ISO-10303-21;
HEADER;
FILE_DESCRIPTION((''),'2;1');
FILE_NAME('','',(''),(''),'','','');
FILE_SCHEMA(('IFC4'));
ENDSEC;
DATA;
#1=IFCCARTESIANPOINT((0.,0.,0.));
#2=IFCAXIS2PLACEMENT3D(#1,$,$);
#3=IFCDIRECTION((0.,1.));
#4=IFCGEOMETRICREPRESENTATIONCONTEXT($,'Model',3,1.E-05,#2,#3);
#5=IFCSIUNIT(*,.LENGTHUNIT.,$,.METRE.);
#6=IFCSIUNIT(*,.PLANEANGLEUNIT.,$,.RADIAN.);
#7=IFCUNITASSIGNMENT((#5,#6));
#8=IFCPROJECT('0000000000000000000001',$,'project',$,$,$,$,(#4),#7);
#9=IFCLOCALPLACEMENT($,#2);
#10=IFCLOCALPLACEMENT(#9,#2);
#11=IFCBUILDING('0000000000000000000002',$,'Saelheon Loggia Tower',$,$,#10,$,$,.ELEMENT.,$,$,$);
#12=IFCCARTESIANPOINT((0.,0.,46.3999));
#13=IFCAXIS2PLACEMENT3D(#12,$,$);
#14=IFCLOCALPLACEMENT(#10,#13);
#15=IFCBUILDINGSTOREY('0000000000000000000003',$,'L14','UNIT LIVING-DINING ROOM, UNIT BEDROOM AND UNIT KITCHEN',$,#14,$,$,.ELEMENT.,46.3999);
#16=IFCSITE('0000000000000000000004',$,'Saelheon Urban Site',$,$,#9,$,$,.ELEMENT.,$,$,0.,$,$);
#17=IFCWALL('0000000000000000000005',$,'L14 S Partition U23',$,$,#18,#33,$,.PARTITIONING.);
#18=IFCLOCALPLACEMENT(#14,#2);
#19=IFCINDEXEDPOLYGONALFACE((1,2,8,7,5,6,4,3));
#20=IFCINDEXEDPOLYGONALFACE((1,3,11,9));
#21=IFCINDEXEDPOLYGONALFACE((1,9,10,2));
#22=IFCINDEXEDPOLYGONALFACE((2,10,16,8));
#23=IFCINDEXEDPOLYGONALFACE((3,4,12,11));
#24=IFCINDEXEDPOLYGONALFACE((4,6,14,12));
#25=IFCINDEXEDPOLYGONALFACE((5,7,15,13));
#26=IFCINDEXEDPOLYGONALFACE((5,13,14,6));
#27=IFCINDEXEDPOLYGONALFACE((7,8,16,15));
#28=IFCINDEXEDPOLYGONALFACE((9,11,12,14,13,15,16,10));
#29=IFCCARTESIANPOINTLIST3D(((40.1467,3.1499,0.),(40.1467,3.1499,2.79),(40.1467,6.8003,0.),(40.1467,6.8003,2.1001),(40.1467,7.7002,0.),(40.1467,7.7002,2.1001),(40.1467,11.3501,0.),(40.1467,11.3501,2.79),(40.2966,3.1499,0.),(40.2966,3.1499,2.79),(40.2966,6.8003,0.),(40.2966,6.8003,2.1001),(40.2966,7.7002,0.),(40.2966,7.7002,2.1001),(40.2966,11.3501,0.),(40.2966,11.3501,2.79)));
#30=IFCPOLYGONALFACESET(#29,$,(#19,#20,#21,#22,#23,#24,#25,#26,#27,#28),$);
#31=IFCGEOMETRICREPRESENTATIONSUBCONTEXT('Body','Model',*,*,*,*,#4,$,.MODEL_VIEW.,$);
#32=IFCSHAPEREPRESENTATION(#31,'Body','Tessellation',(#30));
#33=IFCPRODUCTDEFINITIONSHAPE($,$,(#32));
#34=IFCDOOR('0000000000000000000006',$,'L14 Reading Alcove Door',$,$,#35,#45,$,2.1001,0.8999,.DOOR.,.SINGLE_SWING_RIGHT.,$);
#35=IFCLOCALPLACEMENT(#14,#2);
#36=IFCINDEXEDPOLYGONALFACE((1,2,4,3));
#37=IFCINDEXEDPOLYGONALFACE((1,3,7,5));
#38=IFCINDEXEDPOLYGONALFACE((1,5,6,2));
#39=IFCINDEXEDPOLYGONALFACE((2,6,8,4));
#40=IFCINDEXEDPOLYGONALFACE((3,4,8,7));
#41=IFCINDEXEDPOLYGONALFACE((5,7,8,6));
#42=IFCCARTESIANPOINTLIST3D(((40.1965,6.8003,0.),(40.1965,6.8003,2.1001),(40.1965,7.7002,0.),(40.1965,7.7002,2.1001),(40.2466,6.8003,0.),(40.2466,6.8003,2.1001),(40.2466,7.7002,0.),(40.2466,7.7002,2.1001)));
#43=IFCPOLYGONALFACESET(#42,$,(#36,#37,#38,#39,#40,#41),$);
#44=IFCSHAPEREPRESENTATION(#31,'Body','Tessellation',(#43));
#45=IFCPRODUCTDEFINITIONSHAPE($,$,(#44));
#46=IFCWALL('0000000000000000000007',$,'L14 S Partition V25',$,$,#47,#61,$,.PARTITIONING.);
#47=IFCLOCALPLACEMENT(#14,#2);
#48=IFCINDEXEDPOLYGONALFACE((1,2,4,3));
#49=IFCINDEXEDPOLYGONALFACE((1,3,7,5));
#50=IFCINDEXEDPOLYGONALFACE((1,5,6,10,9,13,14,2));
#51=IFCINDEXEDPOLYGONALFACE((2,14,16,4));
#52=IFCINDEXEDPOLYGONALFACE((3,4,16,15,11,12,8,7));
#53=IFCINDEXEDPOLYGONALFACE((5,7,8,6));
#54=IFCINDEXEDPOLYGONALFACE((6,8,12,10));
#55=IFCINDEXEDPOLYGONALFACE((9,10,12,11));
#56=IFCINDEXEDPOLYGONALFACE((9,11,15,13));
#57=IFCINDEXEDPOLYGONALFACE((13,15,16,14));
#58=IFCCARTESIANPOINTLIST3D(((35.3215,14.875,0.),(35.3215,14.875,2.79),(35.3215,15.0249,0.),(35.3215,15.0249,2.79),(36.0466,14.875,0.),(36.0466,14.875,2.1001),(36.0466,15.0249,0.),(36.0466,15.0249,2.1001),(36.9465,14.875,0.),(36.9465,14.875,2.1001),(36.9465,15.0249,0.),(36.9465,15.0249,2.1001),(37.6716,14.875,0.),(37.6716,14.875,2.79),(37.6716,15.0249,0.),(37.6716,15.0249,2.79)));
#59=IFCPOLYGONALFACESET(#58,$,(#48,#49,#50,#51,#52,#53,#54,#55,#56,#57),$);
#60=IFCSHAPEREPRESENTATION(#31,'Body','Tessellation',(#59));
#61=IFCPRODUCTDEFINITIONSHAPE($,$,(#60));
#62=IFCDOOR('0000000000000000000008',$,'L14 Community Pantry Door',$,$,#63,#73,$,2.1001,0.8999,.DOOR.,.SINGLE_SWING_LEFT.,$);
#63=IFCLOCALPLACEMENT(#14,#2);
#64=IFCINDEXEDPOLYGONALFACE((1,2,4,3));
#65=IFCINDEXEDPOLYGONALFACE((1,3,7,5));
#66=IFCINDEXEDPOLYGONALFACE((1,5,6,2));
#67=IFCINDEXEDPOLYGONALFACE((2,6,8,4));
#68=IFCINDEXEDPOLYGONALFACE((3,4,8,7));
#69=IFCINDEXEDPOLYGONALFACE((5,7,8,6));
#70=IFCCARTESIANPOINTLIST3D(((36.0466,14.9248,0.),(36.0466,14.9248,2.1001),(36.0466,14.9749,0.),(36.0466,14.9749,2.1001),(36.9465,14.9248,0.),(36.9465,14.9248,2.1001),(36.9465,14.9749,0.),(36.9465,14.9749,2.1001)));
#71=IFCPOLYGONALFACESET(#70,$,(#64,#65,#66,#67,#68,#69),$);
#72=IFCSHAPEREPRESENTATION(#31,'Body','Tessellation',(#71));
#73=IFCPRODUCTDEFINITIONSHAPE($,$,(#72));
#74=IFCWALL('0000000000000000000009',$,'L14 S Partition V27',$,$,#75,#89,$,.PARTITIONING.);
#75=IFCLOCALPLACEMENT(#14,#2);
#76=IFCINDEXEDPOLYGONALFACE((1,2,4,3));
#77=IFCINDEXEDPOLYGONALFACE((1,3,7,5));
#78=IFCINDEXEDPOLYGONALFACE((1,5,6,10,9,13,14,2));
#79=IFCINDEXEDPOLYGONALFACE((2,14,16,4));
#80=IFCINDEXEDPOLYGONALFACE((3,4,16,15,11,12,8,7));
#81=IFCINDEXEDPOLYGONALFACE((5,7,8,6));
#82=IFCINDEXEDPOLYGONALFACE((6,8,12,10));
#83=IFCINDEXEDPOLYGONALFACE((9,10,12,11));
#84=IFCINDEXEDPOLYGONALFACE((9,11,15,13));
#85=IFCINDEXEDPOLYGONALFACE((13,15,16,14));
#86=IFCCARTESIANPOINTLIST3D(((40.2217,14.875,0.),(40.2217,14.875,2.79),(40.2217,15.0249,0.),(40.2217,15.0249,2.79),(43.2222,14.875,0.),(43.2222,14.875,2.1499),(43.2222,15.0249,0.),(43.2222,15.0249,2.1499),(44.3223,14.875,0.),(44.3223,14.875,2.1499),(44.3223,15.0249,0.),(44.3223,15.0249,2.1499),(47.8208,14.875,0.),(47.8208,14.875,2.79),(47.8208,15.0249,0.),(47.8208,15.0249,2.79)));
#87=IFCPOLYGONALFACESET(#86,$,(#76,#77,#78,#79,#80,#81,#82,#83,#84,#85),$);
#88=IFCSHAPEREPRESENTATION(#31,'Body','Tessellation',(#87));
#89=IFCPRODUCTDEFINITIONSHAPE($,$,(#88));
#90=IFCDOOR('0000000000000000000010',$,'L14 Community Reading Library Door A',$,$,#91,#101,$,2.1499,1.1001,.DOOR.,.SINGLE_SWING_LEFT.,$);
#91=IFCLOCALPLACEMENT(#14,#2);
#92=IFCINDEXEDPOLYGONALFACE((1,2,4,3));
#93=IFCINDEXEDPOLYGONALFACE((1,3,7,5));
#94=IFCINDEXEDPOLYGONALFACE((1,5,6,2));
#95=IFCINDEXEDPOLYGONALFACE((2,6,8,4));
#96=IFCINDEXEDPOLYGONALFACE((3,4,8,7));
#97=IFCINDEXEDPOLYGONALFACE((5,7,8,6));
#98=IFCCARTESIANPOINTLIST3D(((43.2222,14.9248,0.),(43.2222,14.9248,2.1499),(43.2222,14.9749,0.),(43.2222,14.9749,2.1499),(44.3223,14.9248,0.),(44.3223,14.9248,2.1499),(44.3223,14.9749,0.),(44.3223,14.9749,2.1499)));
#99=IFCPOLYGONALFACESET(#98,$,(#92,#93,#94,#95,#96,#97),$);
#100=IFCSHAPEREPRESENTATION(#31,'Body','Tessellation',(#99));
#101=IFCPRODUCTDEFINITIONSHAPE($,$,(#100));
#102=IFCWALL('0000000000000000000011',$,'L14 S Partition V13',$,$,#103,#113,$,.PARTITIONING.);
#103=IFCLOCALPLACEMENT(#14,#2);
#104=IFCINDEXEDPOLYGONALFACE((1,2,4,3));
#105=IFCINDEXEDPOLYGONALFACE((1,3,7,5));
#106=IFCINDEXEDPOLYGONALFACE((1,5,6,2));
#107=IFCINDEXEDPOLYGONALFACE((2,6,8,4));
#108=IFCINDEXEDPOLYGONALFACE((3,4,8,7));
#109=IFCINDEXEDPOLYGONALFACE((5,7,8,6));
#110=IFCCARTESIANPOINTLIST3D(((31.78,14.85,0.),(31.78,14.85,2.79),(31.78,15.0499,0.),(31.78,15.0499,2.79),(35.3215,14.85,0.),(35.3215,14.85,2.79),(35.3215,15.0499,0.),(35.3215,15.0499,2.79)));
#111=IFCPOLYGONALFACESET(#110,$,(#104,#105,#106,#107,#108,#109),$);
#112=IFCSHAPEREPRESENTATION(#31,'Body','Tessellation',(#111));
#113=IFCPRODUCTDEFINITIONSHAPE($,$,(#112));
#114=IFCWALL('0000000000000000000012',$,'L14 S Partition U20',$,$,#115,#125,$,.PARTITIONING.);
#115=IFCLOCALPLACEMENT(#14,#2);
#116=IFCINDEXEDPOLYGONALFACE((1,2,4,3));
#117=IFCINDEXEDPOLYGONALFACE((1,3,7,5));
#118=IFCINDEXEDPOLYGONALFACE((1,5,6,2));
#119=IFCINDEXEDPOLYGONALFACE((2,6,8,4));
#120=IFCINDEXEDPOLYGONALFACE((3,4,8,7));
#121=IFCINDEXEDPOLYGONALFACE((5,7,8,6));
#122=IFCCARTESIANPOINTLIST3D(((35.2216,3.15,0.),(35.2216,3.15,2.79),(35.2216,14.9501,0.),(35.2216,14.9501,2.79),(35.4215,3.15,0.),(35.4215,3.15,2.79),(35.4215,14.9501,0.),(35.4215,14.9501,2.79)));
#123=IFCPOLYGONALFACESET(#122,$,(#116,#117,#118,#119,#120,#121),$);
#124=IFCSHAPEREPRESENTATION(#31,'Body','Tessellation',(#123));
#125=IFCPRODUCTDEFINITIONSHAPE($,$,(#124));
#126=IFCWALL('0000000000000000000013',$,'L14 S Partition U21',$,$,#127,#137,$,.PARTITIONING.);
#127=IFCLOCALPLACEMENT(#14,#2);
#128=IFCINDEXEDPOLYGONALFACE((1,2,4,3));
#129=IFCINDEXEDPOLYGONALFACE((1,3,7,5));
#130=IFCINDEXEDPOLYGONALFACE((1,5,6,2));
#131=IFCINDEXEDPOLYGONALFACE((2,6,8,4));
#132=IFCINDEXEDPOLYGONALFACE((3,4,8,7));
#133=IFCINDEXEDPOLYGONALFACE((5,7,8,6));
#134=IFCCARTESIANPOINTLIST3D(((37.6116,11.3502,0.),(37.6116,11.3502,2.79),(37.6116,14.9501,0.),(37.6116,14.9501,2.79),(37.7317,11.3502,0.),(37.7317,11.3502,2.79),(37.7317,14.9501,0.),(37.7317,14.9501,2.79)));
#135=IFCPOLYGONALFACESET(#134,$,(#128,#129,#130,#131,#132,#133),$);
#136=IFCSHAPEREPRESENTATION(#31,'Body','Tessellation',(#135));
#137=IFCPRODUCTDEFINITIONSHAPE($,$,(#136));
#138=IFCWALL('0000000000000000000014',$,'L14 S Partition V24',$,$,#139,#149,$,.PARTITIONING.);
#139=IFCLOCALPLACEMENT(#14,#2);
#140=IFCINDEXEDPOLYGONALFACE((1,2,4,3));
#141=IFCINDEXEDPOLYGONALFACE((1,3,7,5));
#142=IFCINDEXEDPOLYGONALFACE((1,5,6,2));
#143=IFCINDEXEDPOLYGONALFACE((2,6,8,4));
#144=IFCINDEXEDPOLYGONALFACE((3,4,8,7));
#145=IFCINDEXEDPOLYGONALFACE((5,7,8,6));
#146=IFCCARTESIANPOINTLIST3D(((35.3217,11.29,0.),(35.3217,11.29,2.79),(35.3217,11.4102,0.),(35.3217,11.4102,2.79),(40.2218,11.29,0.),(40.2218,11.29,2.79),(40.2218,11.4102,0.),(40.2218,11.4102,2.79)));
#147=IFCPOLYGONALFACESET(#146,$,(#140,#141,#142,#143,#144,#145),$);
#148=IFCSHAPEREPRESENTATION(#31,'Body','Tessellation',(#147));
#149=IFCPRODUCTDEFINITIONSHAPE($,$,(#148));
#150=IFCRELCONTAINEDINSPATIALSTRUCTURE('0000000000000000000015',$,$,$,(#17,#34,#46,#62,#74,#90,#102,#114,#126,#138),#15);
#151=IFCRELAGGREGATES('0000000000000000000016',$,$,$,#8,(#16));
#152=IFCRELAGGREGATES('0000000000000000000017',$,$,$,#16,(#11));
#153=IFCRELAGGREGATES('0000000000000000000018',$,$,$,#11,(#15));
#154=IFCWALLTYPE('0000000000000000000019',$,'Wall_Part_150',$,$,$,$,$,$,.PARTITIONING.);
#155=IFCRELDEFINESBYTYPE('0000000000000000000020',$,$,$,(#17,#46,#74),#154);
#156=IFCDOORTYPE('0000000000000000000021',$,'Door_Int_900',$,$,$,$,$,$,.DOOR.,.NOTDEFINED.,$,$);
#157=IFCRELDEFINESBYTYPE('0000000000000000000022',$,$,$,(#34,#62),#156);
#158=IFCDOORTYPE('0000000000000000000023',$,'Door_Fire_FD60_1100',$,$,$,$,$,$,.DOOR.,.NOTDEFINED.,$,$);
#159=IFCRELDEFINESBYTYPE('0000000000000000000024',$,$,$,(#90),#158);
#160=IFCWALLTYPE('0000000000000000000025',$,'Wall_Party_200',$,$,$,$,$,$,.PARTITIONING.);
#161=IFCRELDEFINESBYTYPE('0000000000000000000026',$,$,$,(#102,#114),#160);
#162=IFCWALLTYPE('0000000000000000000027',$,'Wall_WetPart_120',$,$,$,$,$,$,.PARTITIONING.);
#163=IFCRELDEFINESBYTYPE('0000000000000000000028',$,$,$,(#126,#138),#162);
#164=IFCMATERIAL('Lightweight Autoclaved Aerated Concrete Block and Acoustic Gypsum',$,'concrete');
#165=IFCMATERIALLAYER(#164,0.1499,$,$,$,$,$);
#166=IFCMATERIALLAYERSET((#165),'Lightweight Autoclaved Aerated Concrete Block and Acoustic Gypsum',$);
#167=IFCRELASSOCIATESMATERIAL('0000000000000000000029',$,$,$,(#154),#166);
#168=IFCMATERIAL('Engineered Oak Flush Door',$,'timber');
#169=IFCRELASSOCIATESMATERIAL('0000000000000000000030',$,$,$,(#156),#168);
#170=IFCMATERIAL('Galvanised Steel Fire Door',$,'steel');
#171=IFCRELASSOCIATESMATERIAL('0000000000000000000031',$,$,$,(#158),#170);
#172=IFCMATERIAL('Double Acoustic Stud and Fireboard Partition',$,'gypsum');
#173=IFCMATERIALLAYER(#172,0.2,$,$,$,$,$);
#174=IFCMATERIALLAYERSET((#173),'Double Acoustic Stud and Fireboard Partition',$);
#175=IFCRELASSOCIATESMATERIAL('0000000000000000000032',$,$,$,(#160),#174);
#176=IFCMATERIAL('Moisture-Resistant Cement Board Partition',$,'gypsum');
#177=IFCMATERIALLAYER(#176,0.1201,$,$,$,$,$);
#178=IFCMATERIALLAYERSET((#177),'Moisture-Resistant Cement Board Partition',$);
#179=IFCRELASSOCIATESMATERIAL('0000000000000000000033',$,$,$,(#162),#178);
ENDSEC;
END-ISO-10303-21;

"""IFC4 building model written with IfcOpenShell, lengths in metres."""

from ifc_helpers import new_model, si_unit, direction, frame, frame_2d, origin, place, context, subcontext, project, spatial, rectangle, extrude, source, transform, mapped, material, layer, layer_set, type_object, element, fill, save


model = new_model("IFC4")

# Units and contexts
model_context = context("Model", 3, precision=1e-05, world=origin(), true_north=direction((0.0, 1.0)))
body_context = subcontext(model_context, "Body", "Model", "MODEL_VIEW")
ifc_project = project(units=[si_unit("LENGTHUNIT", "METRE"), si_unit("PLANEANGLEUNIT", "RADIAN")], contexts=[model_context])

# Site, building, storey
site_placement = place(None, origin())
site = spatial("IfcSite", under=ifc_project, at=site_placement, Name="Saelheon Urban Site", CompositionType="ELEMENT", RefElevation=0.0)
building_placement = place(site_placement, origin())
building = spatial("IfcBuilding", under=site, at=building_placement, Name="Saelheon Loggia Tower", CompositionType="ELEMENT")
storey_placement = place(building_placement, frame((0.0, 0.0, 46.3999)))
storey = spatial("IfcBuildingStorey", under=building, at=storey_placement, Name="L14", Description="UNIT LIVING-DINING ROOM, UNIT BEDROOM AND UNIT KITCHEN", CompositionType="ELEMENT", Elevation=46.3999)

# Shared definitions
ifc_material_1 = material(Name="Lightweight Autoclaved Aerated Concrete Block and Acoustic Gypsum", Category="concrete")
ifc_layer_1 = layer(ifc_material_1, 0.1499)
ifc_layer_set_1 = layer_set([ifc_layer_1], Name="Lightweight Autoclaved Aerated Concrete Block and Acoustic Gypsum")
wall_type_1 = type_object("IfcWallType", Name="Wall_Part_150", PredefinedType="PARTITIONING", material=ifc_layer_set_1)

# Shared definitions
ifc_material_2 = material(Name="Engineered Oak Flush Door", Category="timber")
door_type_1 = type_object("IfcDoorType", Name="Door_Int_900", OperationType="NOTDEFINED", PredefinedType="DOOR", material=ifc_material_2)
shared_shape_1 = source(origin(), body_context, "Body", "SweptSolid", [
    extrude(rectangle(XDim=0.8999, YDim=2.1001, at=frame_2d((0.45, 1.05))), frame((0.0, 0.0249, 0.0), z_axis=(0.0, -1.0, 0.0), x_axis=(1.0, 0.0, 0.0)), (0.0, 0.0, 1.0), 0.05),
])

# Walls, openings, doors
wall_1_placement = place(storey_placement, frame((40.2217, 11.3501, 0.0), z_axis=(0.0, 0.0, 1.0), x_axis=(0.0, -1.0, 0.0)))
wall_1 = element("IfcWall", 1, at=wall_1_placement, inside=storey, type_object=wall_type_1, Name="L14 S Partition U23", PredefinedType="PARTITIONING", context=body_context, shape_type="SweptSolid", body=[
    extrude(rectangle(XDim=8.2002, YDim=0.1499, at=frame_2d((4.1001, 0.0))), origin(), (0.0, 0.0, 1.0), 2.79),
])
opening_1_placement = place(wall_1_placement, frame((3.6499, 0.0, 0.0)))
opening_1 = element("IfcOpeningElement", 2, at=opening_1_placement, cuts=wall_1, PredefinedType="OPENING", context=body_context, shape_type="SweptSolid", body=[
    extrude(rectangle(XDim=0.8999, YDim=2.1001, at=frame_2d((0.45, 1.05))), frame((0.0, 0.0869, 0.0), z_axis=(0.0, -1.0, 0.0), x_axis=(1.0, 0.0, 0.0)), (0.0, 0.0, 1.0), 0.1738),
])
door_1_placement = place(opening_1_placement, origin())
door_1 = element("IfcDoor", 3, at=door_1_placement, inside=storey, type_object=door_type_1, Name="L14 Reading Alcove Door", OperationType="SINGLE_SWING_RIGHT", OverallHeight=2.1001, OverallWidth=0.8999, PredefinedType="DOOR", context=body_context, shape_type="MappedRepresentation", body=[
    mapped(shared_shape_1, transform((0.0, 0.0, 0.0), scale=1.0)),
])
fill(opening_1, door_1)
wall_2_placement = place(storey_placement, frame((35.3215, 14.95, 0.0), z_axis=(0.0, 0.0, 1.0), x_axis=(1.0, 0.0, 0.0)))
wall_2 = element("IfcWall", 4, at=wall_2_placement, inside=storey, type_object=wall_type_1, Name="L14 S Partition V25", PredefinedType="PARTITIONING", context=body_context, shape_type="SweptSolid", body=[
    extrude(rectangle(XDim=2.3501, YDim=0.1499, at=frame_2d((1.175, 0.0))), origin(), (0.0, 0.0, 1.0), 2.79),
])
opening_2_placement = place(wall_2_placement, frame((0.7251, 0.0, 0.0)))
opening_2 = element("IfcOpeningElement", 5, at=opening_2_placement, cuts=wall_2, PredefinedType="OPENING", context=body_context, shape_type="SweptSolid", body=[
    extrude(rectangle(XDim=0.8999, YDim=2.1001, at=frame_2d((0.45, 1.05))), frame((0.0, 0.0869, 0.0), z_axis=(0.0, -1.0, 0.0), x_axis=(1.0, 0.0, 0.0)), (0.0, 0.0, 1.0), 0.1738),
])
door_2_placement = place(opening_2_placement, origin())
door_2 = element("IfcDoor", 6, at=door_2_placement, inside=storey, type_object=door_type_1, Name="L14 Community Pantry Door", OperationType="SINGLE_SWING_LEFT", OverallHeight=2.1001, OverallWidth=0.8999, PredefinedType="DOOR", context=body_context, shape_type="MappedRepresentation", body=[
    mapped(shared_shape_1, transform((0.0, 0.0, 0.0), scale=1.0)),
])
fill(opening_2, door_2)
wall_3_placement = place(storey_placement, frame((40.2217, 14.95, 0.0), z_axis=(0.0, 0.0, 1.0), x_axis=(1.0, 0.0, 0.0)))
wall_3 = element("IfcWall", 7, at=wall_3_placement, inside=storey, type_object=wall_type_1, Name="L14 S Partition V27", PredefinedType="PARTITIONING", context=body_context, shape_type="SweptSolid", body=[
    extrude(rectangle(XDim=7.5991, YDim=0.1499, at=frame_2d((3.7996, 0.0))), origin(), (0.0, 0.0, 1.0), 2.79),
])
opening_3_placement = place(wall_3_placement, frame((3.0005, 0.0, 0.0)))
opening_3 = element("IfcOpeningElement", 8, at=opening_3_placement, cuts=wall_3, PredefinedType="OPENING", context=body_context, shape_type="SweptSolid", body=[
    extrude(rectangle(XDim=1.1001, YDim=2.1499, at=frame_2d((0.55, 1.075))), frame((0.0, 0.0869, 0.0), z_axis=(0.0, -1.0, 0.0), x_axis=(1.0, 0.0, 0.0)), (0.0, 0.0, 1.0), 0.1738),
])
ifc_material_3 = material(Name="Galvanised Steel Fire Door", Category="steel")
door_type_2 = type_object("IfcDoorType", Name="Door_Fire_FD60_1100", OperationType="NOTDEFINED", PredefinedType="DOOR", material=ifc_material_3)
shared_shape_2 = source(origin(), body_context, "Body", "SweptSolid", [
    extrude(rectangle(XDim=1.1001, YDim=2.1499, at=frame_2d((0.55, 1.075))), frame((0.0, 0.0249, 0.0), z_axis=(0.0, -1.0, 0.0), x_axis=(1.0, 0.0, 0.0)), (0.0, 0.0, 1.0), 0.05),
])
door_3_placement = place(opening_3_placement, origin())
door_3 = element("IfcDoor", 9, at=door_3_placement, inside=storey, type_object=door_type_2, Name="L14 Community Reading Library Door A", OperationType="SINGLE_SWING_LEFT", OverallHeight=2.1499, OverallWidth=1.1001, PredefinedType="DOOR", context=body_context, shape_type="MappedRepresentation", body=[
    mapped(shared_shape_2, transform((0.0, 0.0, 0.0), scale=1.0)),
])
fill(opening_3, door_3)

# Walls
ifc_material_4 = material(Name="Double Acoustic Stud and Fireboard Partition", Category="gypsum")
ifc_layer_2 = layer(ifc_material_4, 0.2)
ifc_layer_set_2 = layer_set([ifc_layer_2], Name="Double Acoustic Stud and Fireboard Partition")
wall_type_2 = type_object("IfcWallType", Name="Wall_Party_200", PredefinedType="PARTITIONING", material=ifc_layer_set_2)
wall_4_placement = place(storey_placement, frame((31.78, 14.95, 0.0), z_axis=(0.0, 0.0, 1.0), x_axis=(1.0, 0.0, 0.0)))
element("IfcWall", 10, at=wall_4_placement, inside=storey, type_object=wall_type_2, Name="L14 S Partition V13", PredefinedType="PARTITIONING", context=body_context, shape_type="SweptSolid", body=[
    extrude(rectangle(XDim=3.5415, YDim=0.2, at=frame_2d((1.7708, 0.0))), origin(), (0.0, 0.0, 1.0), 2.79),
])
wall_5_placement = place(storey_placement, frame((35.3215, 14.95, 0.0), z_axis=(0.0, 0.0, 1.0), x_axis=(0.0, -1.0, 0.0)))
element("IfcWall", 11, at=wall_5_placement, inside=storey, type_object=wall_type_2, Name="L14 S Partition U20", PredefinedType="PARTITIONING", context=body_context, shape_type="SweptSolid", body=[
    extrude(rectangle(XDim=11.8, YDim=0.2, at=frame_2d((5.8999, 0.0))), origin(), (0.0, 0.0, 1.0), 2.79),
])
ifc_material_5 = material(Name="Moisture-Resistant Cement Board Partition", Category="gypsum")
ifc_layer_3 = layer(ifc_material_5, 0.1201)
ifc_layer_set_3 = layer_set([ifc_layer_3], Name="Moisture-Resistant Cement Board Partition")
wall_type_3 = type_object("IfcWallType", Name="Wall_WetPart_120", PredefinedType="PARTITIONING", material=ifc_layer_set_3)
wall_6_placement = place(storey_placement, frame((37.6716, 14.95, 0.0), z_axis=(0.0, 0.0, 1.0), x_axis=(0.0, -1.0, 0.0)))
element("IfcWall", 12, at=wall_6_placement, inside=storey, type_object=wall_type_3, Name="L14 S Partition U21", PredefinedType="PARTITIONING", context=body_context, shape_type="SweptSolid", body=[
    extrude(rectangle(XDim=3.5999, YDim=0.1201, at=frame_2d((1.7998, 0.0))), origin(), (0.0, 0.0, 1.0), 2.79),
])
wall_7_placement = place(storey_placement, frame((35.3215, 11.3501, 0.0), z_axis=(0.0, 0.0, 1.0), x_axis=(1.0, 0.0, 0.0)))
element("IfcWall", 13, at=wall_7_placement, inside=storey, type_object=wall_type_3, Name="L14 S Partition V24", PredefinedType="PARTITIONING", context=body_context, shape_type="SweptSolid", body=[
    extrude(rectangle(XDim=4.9001, YDim=0.1201, at=frame_2d((2.4502, 0.0))), origin(), (0.0, 0.0, 1.0), 2.79),
])

save(model, "model.ifc")
